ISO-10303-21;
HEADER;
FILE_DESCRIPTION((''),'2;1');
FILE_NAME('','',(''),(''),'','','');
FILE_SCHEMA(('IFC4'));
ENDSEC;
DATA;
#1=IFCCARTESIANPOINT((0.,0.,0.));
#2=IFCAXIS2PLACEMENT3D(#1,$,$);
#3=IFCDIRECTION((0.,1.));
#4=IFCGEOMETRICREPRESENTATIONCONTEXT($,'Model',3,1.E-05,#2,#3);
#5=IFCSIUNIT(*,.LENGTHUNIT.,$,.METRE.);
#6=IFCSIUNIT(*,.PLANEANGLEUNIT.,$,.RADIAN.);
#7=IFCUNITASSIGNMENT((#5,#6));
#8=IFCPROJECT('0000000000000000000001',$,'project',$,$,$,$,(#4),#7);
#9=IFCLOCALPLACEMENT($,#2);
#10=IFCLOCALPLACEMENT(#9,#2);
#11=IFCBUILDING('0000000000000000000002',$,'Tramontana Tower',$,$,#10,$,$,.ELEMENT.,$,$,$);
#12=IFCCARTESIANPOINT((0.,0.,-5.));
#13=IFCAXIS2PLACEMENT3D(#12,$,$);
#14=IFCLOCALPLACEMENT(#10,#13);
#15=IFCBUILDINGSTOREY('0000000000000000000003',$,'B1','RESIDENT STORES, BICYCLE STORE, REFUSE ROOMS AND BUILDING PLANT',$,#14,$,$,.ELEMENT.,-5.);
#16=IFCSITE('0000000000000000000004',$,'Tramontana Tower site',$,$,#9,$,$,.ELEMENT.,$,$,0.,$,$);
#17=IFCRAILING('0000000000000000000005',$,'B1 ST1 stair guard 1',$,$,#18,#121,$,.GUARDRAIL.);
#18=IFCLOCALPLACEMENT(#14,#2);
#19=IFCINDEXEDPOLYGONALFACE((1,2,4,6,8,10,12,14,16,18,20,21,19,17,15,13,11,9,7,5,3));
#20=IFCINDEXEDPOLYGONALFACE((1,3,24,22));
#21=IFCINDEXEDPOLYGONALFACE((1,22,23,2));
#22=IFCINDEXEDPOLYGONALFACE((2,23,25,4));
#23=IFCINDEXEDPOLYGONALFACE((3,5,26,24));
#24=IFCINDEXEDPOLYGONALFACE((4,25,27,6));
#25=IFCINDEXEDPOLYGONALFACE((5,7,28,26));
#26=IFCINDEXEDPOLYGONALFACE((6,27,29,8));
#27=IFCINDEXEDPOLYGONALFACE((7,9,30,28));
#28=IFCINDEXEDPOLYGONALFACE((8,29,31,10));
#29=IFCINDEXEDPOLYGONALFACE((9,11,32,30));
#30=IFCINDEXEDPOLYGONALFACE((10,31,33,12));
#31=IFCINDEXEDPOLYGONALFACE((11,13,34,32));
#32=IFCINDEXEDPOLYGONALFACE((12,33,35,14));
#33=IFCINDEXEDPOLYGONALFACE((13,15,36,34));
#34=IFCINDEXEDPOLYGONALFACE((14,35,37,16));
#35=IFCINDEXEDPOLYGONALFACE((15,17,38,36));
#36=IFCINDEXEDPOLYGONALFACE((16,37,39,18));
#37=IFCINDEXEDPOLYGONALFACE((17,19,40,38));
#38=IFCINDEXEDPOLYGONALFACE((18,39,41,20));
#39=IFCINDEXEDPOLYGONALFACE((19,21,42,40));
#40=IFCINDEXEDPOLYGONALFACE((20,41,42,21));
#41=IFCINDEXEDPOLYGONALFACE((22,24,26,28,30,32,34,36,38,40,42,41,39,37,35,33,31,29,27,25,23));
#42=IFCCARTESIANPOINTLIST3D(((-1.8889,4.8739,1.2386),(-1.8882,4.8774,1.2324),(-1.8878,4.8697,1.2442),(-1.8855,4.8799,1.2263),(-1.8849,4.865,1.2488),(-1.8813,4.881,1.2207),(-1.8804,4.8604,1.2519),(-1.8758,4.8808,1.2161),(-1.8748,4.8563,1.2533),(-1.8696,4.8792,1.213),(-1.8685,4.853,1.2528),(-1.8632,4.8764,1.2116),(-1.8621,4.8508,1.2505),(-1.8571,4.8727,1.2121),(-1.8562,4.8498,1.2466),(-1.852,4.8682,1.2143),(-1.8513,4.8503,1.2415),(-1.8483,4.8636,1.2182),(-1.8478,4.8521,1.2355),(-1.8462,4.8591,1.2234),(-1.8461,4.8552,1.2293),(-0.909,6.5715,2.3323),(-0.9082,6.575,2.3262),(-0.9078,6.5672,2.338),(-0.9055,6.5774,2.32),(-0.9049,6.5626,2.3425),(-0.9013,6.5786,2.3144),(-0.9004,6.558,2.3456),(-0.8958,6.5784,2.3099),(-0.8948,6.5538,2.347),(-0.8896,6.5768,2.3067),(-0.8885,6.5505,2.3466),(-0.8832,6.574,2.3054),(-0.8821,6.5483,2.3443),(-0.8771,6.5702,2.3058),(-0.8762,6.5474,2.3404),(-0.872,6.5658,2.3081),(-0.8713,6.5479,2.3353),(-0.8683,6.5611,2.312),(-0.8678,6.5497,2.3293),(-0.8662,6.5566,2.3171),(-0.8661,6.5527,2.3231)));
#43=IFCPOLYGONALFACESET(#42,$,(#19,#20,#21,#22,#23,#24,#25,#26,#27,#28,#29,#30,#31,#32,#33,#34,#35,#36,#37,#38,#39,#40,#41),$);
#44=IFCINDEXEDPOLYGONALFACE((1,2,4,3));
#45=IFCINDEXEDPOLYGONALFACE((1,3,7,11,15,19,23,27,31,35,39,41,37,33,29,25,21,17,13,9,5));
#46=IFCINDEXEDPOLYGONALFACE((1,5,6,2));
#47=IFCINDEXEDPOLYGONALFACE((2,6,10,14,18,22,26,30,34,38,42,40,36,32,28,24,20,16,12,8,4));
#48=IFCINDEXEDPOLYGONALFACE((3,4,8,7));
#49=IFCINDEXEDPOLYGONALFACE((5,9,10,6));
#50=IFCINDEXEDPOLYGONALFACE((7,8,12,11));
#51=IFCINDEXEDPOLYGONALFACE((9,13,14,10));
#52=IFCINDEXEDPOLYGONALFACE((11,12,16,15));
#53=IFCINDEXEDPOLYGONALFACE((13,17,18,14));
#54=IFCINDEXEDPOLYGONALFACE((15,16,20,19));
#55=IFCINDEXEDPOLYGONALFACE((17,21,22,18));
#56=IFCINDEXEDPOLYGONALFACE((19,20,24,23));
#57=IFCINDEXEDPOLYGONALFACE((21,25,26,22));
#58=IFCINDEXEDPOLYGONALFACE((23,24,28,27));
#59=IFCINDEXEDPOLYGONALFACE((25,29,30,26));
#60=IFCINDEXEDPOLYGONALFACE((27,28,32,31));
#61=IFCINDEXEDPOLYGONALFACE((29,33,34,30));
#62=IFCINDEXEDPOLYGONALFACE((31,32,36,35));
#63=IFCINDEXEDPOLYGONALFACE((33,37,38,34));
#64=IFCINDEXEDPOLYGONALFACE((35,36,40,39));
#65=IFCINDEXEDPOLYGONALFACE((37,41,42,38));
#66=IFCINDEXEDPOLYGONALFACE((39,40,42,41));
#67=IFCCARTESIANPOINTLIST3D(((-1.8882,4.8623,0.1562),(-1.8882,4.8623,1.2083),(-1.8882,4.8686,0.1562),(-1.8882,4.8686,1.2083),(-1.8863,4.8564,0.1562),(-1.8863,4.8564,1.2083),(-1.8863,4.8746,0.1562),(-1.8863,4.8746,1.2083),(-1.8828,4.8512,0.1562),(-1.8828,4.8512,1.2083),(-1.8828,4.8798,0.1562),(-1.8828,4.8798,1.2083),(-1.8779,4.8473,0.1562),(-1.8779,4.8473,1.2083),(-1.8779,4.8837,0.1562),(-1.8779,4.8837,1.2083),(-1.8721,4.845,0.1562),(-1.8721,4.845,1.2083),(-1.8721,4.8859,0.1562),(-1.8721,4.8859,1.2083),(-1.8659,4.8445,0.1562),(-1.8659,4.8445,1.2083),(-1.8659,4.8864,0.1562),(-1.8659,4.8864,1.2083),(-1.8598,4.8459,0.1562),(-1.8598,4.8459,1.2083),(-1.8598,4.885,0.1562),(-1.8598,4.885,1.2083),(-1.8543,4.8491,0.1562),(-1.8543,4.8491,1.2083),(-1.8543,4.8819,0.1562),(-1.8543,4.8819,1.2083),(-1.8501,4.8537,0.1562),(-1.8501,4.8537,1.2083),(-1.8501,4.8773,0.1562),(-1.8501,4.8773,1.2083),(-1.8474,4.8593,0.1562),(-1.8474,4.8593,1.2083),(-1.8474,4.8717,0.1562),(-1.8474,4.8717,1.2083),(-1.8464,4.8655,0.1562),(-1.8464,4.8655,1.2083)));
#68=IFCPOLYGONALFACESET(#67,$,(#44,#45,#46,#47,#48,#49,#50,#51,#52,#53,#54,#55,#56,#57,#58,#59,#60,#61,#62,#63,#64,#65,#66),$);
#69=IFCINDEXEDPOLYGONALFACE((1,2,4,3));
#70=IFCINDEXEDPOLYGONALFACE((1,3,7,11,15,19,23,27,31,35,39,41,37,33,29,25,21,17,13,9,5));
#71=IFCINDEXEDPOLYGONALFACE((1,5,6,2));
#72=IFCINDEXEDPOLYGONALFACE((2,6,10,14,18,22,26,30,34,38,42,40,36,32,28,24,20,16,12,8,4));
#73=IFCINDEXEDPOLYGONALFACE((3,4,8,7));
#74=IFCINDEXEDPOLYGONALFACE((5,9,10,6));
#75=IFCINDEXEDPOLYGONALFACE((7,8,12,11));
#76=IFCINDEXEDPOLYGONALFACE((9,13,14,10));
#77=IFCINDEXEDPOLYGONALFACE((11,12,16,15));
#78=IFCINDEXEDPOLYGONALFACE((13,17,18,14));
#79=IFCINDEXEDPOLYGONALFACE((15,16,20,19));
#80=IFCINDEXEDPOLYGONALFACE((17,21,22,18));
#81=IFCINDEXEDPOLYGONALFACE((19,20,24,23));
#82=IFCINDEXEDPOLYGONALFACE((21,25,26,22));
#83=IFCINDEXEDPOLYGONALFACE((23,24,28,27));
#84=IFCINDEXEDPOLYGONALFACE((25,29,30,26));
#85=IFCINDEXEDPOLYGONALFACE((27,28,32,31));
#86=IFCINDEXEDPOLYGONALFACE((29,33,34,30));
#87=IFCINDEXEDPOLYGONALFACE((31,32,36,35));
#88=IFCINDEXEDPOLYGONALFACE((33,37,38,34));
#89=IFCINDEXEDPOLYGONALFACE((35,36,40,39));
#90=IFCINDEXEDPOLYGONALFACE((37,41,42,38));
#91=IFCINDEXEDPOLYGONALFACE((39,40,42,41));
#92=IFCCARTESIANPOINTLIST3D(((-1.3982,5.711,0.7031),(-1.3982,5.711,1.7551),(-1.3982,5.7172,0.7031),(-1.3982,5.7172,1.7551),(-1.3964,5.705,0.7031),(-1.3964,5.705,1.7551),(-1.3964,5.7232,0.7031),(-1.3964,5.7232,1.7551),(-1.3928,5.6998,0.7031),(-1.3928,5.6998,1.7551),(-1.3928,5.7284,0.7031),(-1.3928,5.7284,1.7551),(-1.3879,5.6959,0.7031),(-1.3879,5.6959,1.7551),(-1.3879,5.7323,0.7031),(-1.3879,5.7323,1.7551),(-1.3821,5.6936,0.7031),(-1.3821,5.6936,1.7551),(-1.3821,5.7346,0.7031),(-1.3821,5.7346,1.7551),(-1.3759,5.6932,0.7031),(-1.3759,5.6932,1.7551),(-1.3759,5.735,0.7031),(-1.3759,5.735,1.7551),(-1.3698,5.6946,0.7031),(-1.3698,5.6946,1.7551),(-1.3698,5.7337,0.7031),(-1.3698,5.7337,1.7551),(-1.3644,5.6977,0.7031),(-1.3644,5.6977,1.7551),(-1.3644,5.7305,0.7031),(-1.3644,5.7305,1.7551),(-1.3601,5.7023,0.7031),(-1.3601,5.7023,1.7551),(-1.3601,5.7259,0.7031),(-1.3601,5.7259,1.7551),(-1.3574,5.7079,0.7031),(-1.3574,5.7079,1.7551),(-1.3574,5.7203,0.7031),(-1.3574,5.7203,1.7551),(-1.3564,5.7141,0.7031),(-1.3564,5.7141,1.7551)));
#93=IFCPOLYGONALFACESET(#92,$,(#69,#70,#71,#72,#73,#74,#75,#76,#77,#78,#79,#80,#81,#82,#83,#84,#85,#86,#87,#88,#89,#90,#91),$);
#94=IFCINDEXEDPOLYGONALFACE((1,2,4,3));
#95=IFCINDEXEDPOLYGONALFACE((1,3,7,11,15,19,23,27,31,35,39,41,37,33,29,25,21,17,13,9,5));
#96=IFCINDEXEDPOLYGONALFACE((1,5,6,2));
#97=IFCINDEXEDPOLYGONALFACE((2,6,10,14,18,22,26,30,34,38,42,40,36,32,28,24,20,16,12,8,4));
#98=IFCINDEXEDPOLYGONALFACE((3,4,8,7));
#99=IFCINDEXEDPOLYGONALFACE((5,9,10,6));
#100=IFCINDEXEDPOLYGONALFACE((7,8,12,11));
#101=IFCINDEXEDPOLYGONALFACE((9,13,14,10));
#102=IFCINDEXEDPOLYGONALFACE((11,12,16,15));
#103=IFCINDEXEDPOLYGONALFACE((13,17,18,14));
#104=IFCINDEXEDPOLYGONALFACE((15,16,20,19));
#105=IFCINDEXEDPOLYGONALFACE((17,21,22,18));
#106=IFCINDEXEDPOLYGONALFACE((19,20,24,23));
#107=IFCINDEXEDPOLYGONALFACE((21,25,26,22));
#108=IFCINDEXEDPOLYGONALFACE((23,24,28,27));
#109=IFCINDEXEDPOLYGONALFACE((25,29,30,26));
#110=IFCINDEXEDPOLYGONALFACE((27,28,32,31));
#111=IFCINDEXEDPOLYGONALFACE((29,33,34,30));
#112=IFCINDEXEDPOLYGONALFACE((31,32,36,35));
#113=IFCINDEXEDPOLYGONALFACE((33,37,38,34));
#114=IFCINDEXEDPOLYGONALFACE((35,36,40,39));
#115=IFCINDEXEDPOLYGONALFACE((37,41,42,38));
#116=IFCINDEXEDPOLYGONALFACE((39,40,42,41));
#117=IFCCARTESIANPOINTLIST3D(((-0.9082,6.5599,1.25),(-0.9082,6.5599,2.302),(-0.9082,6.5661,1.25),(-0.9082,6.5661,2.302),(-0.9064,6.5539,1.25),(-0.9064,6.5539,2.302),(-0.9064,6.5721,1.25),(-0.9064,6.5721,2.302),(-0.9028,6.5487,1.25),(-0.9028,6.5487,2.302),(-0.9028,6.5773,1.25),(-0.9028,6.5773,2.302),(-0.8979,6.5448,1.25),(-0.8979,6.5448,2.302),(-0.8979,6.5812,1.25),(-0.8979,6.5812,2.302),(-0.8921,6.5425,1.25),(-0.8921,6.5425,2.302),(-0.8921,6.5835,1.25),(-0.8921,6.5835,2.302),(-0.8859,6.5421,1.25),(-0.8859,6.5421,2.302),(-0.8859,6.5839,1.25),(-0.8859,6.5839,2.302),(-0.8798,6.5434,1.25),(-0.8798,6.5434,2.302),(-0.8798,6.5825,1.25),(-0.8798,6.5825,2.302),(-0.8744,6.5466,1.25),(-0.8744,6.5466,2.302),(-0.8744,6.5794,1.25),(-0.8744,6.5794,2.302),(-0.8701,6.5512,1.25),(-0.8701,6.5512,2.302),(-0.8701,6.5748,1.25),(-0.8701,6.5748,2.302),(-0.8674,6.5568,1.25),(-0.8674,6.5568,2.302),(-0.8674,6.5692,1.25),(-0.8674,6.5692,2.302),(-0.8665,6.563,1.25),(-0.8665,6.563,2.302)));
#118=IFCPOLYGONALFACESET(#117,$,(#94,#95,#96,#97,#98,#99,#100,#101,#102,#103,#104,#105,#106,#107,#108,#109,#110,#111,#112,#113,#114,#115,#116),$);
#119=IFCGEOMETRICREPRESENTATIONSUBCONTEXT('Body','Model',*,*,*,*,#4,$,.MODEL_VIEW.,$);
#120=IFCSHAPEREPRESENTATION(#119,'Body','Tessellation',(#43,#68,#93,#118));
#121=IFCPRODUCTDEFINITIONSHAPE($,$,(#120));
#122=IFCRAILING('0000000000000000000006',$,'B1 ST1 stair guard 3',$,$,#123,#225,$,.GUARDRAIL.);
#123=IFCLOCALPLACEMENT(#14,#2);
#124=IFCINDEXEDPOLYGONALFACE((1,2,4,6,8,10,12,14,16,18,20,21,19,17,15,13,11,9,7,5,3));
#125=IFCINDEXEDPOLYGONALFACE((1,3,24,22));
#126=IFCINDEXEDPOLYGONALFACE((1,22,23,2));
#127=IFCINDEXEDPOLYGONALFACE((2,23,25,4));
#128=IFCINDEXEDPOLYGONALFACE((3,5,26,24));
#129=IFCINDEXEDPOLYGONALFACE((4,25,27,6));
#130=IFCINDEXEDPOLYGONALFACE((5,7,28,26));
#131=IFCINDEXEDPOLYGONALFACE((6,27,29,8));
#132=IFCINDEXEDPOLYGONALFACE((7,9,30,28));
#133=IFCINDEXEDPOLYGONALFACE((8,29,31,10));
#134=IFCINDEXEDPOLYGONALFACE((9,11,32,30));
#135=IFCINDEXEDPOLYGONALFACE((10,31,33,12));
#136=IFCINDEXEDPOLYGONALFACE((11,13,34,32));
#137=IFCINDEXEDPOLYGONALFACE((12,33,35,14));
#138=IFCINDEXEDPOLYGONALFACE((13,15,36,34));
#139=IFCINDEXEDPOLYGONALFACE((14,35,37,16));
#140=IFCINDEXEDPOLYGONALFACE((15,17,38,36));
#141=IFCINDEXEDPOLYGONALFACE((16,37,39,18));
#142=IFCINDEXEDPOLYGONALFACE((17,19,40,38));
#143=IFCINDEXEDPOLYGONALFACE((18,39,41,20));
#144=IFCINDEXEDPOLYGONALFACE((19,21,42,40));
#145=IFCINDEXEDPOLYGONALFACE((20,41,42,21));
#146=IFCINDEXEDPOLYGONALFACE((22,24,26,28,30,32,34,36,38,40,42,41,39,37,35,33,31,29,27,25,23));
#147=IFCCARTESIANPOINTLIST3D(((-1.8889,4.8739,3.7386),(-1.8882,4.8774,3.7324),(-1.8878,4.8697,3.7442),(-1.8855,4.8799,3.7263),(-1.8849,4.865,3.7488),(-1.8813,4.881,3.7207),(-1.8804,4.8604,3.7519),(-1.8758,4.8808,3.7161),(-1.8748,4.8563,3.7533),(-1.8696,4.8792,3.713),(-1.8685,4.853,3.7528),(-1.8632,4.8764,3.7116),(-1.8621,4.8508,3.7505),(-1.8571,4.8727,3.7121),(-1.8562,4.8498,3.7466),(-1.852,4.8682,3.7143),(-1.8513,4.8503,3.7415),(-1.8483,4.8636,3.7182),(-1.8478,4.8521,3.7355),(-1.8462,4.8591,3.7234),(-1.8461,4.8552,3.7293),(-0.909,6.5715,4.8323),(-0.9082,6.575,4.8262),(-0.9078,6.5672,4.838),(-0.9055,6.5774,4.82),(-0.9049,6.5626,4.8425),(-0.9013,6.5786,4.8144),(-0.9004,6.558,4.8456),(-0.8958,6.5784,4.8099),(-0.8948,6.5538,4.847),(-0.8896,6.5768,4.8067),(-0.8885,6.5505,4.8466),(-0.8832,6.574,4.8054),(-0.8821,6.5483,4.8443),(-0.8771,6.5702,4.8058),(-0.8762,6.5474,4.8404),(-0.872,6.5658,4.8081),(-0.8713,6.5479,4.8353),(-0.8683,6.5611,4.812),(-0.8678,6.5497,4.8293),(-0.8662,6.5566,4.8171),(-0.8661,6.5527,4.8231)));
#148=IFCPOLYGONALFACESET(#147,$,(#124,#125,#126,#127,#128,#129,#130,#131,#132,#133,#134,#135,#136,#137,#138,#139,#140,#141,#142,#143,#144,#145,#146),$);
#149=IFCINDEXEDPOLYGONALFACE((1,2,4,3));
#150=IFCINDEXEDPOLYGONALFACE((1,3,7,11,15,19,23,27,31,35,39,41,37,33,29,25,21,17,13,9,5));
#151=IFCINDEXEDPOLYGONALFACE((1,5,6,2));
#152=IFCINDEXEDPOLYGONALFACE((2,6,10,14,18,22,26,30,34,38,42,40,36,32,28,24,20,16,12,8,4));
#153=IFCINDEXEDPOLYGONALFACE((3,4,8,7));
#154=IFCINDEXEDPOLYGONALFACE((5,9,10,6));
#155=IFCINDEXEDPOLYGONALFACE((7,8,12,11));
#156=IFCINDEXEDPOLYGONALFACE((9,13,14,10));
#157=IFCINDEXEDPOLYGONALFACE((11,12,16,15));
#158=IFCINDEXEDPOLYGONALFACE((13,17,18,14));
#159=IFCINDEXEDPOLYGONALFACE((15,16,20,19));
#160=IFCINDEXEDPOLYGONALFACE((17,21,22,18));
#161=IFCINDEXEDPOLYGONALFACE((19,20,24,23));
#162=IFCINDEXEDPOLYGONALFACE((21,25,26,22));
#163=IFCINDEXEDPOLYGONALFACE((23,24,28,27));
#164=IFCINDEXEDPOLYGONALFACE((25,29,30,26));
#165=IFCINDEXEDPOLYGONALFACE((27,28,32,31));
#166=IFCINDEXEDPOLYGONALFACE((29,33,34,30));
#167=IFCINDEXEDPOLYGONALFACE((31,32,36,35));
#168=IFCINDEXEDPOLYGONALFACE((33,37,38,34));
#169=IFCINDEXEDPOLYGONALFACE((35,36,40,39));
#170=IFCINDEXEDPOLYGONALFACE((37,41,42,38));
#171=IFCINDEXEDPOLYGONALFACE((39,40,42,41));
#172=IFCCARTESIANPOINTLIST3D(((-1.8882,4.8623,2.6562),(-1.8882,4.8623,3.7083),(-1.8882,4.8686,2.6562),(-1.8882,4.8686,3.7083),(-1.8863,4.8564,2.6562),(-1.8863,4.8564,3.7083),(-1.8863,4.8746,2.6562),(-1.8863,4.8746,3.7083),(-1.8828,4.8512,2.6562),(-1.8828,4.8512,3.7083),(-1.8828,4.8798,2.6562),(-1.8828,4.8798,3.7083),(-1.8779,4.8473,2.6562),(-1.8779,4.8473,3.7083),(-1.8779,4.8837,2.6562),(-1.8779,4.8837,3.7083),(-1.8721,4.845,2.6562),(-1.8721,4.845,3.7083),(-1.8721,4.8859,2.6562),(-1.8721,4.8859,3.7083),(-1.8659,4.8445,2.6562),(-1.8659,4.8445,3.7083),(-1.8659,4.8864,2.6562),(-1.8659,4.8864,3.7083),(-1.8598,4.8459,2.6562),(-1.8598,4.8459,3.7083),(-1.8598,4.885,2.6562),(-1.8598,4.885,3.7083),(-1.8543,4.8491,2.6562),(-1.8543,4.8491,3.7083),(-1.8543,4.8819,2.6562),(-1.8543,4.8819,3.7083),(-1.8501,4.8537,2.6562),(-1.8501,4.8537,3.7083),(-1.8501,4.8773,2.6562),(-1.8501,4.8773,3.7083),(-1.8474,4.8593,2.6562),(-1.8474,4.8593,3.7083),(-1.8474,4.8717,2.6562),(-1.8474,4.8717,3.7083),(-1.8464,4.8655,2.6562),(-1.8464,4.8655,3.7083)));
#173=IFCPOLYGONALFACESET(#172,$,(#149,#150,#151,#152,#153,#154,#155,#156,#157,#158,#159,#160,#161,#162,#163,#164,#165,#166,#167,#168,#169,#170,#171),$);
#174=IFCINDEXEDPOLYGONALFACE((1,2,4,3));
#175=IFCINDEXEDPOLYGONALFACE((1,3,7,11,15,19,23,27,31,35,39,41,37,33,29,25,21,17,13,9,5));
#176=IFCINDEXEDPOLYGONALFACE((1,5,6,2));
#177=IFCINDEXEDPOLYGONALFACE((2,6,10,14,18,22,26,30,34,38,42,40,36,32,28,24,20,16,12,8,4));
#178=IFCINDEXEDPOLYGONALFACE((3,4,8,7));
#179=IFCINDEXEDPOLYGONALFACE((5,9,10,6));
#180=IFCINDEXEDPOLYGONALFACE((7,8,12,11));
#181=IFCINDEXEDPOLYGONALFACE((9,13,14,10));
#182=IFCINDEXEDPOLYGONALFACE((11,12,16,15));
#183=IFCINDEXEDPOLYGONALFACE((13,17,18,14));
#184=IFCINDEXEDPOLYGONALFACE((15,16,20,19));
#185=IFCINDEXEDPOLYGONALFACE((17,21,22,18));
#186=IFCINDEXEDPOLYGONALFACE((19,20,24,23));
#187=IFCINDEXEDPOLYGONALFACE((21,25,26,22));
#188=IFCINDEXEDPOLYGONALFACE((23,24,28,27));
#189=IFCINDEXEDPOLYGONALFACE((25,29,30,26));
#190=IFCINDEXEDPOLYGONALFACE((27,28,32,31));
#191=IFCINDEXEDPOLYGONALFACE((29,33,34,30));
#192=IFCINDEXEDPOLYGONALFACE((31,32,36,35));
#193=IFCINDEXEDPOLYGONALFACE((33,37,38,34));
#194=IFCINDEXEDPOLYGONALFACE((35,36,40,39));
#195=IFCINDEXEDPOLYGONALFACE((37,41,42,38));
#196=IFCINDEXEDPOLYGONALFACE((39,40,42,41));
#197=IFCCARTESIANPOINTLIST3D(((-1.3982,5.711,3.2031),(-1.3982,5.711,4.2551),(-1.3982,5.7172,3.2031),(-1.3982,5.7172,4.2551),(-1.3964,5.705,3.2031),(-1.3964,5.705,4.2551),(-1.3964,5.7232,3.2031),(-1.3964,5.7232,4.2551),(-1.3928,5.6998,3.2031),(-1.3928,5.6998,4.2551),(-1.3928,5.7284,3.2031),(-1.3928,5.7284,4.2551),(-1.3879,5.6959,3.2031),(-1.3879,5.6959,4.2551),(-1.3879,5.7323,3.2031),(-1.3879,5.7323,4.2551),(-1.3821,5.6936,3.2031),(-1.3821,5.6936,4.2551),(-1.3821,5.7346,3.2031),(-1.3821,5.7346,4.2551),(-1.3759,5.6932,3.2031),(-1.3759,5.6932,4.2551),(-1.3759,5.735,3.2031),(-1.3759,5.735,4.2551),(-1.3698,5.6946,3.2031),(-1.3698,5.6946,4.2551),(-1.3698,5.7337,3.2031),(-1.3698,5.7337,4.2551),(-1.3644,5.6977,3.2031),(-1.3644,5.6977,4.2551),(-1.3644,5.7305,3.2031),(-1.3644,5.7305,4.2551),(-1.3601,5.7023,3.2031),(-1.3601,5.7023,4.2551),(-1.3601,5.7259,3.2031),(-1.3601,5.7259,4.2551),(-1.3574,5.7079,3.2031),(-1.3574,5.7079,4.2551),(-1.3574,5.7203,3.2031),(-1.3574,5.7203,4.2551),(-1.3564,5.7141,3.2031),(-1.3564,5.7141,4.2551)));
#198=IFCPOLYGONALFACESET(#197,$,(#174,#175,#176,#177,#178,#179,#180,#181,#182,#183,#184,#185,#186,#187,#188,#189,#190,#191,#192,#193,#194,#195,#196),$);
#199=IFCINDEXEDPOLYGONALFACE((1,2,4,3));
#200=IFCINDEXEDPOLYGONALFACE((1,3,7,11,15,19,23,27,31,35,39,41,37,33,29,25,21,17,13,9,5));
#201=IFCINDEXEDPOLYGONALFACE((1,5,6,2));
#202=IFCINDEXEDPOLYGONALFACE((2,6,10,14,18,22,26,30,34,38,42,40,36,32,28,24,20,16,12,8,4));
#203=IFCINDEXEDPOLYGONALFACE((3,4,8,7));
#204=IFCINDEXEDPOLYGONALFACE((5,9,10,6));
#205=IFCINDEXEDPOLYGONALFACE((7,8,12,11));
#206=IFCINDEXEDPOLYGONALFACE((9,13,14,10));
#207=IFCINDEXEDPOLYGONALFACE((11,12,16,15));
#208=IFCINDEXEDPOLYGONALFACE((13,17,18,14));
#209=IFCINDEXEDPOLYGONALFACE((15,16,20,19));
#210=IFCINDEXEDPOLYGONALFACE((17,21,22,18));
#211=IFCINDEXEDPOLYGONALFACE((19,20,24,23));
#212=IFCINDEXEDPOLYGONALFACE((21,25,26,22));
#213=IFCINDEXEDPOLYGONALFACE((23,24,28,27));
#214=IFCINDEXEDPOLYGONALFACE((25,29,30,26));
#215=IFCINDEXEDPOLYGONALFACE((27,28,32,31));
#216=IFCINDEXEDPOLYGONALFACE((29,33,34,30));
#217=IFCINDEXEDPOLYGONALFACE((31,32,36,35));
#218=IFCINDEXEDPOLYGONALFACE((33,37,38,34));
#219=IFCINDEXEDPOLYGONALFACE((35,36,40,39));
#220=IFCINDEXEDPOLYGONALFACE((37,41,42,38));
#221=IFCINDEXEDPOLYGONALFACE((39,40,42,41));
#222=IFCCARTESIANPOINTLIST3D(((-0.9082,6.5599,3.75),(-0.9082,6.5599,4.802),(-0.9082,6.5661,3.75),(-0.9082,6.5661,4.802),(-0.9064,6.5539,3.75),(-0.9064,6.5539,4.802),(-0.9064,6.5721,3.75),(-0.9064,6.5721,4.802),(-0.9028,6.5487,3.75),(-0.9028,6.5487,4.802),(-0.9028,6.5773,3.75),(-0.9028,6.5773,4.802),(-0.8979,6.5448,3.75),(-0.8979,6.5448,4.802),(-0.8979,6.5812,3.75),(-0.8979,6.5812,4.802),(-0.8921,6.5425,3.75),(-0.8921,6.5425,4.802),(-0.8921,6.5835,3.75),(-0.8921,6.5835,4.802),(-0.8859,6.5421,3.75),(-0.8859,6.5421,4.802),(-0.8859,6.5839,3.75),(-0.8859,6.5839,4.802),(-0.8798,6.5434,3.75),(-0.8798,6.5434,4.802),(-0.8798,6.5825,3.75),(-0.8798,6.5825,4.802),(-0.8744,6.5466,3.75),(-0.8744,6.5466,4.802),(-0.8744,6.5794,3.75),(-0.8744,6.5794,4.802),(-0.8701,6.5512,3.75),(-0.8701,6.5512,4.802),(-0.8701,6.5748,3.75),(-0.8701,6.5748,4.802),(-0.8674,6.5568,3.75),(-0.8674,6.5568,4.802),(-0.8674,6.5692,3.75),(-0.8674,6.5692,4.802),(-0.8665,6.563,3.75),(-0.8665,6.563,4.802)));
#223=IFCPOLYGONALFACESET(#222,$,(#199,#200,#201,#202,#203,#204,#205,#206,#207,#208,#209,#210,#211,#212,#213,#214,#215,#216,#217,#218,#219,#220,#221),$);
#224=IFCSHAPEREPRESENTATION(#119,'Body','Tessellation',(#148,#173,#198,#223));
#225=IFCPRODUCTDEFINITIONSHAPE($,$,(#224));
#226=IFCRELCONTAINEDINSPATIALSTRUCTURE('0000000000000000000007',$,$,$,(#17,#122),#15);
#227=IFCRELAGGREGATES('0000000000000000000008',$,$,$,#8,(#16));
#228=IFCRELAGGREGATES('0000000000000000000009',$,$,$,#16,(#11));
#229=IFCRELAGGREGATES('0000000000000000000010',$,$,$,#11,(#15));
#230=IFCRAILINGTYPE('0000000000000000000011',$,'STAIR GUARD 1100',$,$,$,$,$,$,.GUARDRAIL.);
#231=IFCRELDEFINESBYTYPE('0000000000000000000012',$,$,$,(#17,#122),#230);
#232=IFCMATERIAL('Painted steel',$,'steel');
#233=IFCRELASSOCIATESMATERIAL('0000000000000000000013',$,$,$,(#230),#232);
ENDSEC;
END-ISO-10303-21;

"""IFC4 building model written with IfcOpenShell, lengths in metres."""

from ifc_helpers import new_model, si_unit, direction, frame, origin, origin_2d, place, context, subcontext, project, spatial, circle, extrude, material, type_object, element, save


model = new_model("IFC4")

# Units and contexts
model_context = context("Model", 3, precision=1e-05, world=origin(), true_north=direction((0.0, 1.0)))
body_context = subcontext(model_context, "Body", "Model", "MODEL_VIEW")
ifc_project = project(units=[si_unit("LENGTHUNIT", "METRE"), si_unit("PLANEANGLEUNIT", "RADIAN")], contexts=[model_context])

# Site, building, storey
site_placement = place(None, origin())
site = spatial("IfcSite", under=ifc_project, at=site_placement, Name="Tramontana Tower site", CompositionType="ELEMENT", RefElevation=0.0)
building_placement = place(site_placement, origin())
building = spatial("IfcBuilding", under=site, at=building_placement, Name="Tramontana Tower", CompositionType="ELEMENT")
storey_placement = place(building_placement, frame((0.0, 0.0, -5.0)))
storey = spatial("IfcBuildingStorey", under=building, at=storey_placement, Name="B1", Description="RESIDENT STORES, BICYCLE STORE, REFUSE ROOMS AND BUILDING PLANT", CompositionType="ELEMENT", Elevation=-5.0)

# Railings
ifc_material_1 = material(Name="Painted steel", Category="steel")
railing_type_1 = type_object("IfcRailingType", Name="STAIR GUARD 1100", PredefinedType="GUARDRAIL", material=ifc_material_1)
for number, where, name in (
    (1, (-1.8674, 4.8655, 0.1562), "B1 ST1 stair guard 1"),
    (2, (-1.8674, 4.8655, 2.6562), "B1 ST1 stair guard 3"),
):
    element("IfcRailing", number, at=place(storey_placement, frame(where)), inside=storey, type_object=railing_type_1, Name=name, PredefinedType="GUARDRAIL", context=body_context, shape_type="SweptSolid", body=[
        extrude(circle(Radius=0.0239, at=origin_2d()), frame((0.0, 0.0, 1.0762), z_axis=(0.436596, 0.756267, 0.487282), x_axis=(-0.866042, 0.49997, 0.0)), (0.0, 0.0, 1.0), 2.2446),
        extrude(circle(Radius=0.021, at=origin_2d()), origin(), (0.0, 0.0, 1.0), 1.052),
        extrude(circle(Radius=0.021, at=origin_2d()), frame((0.49, 0.8486, 0.5469)), (0.0, 0.0, 1.0), 1.052),
        extrude(circle(Radius=0.021, at=origin_2d()), frame((0.98, 1.6975, 1.0938)), (0.0, 0.0, 1.0), 1.052),
    ])

save(model, "model.ifc")
